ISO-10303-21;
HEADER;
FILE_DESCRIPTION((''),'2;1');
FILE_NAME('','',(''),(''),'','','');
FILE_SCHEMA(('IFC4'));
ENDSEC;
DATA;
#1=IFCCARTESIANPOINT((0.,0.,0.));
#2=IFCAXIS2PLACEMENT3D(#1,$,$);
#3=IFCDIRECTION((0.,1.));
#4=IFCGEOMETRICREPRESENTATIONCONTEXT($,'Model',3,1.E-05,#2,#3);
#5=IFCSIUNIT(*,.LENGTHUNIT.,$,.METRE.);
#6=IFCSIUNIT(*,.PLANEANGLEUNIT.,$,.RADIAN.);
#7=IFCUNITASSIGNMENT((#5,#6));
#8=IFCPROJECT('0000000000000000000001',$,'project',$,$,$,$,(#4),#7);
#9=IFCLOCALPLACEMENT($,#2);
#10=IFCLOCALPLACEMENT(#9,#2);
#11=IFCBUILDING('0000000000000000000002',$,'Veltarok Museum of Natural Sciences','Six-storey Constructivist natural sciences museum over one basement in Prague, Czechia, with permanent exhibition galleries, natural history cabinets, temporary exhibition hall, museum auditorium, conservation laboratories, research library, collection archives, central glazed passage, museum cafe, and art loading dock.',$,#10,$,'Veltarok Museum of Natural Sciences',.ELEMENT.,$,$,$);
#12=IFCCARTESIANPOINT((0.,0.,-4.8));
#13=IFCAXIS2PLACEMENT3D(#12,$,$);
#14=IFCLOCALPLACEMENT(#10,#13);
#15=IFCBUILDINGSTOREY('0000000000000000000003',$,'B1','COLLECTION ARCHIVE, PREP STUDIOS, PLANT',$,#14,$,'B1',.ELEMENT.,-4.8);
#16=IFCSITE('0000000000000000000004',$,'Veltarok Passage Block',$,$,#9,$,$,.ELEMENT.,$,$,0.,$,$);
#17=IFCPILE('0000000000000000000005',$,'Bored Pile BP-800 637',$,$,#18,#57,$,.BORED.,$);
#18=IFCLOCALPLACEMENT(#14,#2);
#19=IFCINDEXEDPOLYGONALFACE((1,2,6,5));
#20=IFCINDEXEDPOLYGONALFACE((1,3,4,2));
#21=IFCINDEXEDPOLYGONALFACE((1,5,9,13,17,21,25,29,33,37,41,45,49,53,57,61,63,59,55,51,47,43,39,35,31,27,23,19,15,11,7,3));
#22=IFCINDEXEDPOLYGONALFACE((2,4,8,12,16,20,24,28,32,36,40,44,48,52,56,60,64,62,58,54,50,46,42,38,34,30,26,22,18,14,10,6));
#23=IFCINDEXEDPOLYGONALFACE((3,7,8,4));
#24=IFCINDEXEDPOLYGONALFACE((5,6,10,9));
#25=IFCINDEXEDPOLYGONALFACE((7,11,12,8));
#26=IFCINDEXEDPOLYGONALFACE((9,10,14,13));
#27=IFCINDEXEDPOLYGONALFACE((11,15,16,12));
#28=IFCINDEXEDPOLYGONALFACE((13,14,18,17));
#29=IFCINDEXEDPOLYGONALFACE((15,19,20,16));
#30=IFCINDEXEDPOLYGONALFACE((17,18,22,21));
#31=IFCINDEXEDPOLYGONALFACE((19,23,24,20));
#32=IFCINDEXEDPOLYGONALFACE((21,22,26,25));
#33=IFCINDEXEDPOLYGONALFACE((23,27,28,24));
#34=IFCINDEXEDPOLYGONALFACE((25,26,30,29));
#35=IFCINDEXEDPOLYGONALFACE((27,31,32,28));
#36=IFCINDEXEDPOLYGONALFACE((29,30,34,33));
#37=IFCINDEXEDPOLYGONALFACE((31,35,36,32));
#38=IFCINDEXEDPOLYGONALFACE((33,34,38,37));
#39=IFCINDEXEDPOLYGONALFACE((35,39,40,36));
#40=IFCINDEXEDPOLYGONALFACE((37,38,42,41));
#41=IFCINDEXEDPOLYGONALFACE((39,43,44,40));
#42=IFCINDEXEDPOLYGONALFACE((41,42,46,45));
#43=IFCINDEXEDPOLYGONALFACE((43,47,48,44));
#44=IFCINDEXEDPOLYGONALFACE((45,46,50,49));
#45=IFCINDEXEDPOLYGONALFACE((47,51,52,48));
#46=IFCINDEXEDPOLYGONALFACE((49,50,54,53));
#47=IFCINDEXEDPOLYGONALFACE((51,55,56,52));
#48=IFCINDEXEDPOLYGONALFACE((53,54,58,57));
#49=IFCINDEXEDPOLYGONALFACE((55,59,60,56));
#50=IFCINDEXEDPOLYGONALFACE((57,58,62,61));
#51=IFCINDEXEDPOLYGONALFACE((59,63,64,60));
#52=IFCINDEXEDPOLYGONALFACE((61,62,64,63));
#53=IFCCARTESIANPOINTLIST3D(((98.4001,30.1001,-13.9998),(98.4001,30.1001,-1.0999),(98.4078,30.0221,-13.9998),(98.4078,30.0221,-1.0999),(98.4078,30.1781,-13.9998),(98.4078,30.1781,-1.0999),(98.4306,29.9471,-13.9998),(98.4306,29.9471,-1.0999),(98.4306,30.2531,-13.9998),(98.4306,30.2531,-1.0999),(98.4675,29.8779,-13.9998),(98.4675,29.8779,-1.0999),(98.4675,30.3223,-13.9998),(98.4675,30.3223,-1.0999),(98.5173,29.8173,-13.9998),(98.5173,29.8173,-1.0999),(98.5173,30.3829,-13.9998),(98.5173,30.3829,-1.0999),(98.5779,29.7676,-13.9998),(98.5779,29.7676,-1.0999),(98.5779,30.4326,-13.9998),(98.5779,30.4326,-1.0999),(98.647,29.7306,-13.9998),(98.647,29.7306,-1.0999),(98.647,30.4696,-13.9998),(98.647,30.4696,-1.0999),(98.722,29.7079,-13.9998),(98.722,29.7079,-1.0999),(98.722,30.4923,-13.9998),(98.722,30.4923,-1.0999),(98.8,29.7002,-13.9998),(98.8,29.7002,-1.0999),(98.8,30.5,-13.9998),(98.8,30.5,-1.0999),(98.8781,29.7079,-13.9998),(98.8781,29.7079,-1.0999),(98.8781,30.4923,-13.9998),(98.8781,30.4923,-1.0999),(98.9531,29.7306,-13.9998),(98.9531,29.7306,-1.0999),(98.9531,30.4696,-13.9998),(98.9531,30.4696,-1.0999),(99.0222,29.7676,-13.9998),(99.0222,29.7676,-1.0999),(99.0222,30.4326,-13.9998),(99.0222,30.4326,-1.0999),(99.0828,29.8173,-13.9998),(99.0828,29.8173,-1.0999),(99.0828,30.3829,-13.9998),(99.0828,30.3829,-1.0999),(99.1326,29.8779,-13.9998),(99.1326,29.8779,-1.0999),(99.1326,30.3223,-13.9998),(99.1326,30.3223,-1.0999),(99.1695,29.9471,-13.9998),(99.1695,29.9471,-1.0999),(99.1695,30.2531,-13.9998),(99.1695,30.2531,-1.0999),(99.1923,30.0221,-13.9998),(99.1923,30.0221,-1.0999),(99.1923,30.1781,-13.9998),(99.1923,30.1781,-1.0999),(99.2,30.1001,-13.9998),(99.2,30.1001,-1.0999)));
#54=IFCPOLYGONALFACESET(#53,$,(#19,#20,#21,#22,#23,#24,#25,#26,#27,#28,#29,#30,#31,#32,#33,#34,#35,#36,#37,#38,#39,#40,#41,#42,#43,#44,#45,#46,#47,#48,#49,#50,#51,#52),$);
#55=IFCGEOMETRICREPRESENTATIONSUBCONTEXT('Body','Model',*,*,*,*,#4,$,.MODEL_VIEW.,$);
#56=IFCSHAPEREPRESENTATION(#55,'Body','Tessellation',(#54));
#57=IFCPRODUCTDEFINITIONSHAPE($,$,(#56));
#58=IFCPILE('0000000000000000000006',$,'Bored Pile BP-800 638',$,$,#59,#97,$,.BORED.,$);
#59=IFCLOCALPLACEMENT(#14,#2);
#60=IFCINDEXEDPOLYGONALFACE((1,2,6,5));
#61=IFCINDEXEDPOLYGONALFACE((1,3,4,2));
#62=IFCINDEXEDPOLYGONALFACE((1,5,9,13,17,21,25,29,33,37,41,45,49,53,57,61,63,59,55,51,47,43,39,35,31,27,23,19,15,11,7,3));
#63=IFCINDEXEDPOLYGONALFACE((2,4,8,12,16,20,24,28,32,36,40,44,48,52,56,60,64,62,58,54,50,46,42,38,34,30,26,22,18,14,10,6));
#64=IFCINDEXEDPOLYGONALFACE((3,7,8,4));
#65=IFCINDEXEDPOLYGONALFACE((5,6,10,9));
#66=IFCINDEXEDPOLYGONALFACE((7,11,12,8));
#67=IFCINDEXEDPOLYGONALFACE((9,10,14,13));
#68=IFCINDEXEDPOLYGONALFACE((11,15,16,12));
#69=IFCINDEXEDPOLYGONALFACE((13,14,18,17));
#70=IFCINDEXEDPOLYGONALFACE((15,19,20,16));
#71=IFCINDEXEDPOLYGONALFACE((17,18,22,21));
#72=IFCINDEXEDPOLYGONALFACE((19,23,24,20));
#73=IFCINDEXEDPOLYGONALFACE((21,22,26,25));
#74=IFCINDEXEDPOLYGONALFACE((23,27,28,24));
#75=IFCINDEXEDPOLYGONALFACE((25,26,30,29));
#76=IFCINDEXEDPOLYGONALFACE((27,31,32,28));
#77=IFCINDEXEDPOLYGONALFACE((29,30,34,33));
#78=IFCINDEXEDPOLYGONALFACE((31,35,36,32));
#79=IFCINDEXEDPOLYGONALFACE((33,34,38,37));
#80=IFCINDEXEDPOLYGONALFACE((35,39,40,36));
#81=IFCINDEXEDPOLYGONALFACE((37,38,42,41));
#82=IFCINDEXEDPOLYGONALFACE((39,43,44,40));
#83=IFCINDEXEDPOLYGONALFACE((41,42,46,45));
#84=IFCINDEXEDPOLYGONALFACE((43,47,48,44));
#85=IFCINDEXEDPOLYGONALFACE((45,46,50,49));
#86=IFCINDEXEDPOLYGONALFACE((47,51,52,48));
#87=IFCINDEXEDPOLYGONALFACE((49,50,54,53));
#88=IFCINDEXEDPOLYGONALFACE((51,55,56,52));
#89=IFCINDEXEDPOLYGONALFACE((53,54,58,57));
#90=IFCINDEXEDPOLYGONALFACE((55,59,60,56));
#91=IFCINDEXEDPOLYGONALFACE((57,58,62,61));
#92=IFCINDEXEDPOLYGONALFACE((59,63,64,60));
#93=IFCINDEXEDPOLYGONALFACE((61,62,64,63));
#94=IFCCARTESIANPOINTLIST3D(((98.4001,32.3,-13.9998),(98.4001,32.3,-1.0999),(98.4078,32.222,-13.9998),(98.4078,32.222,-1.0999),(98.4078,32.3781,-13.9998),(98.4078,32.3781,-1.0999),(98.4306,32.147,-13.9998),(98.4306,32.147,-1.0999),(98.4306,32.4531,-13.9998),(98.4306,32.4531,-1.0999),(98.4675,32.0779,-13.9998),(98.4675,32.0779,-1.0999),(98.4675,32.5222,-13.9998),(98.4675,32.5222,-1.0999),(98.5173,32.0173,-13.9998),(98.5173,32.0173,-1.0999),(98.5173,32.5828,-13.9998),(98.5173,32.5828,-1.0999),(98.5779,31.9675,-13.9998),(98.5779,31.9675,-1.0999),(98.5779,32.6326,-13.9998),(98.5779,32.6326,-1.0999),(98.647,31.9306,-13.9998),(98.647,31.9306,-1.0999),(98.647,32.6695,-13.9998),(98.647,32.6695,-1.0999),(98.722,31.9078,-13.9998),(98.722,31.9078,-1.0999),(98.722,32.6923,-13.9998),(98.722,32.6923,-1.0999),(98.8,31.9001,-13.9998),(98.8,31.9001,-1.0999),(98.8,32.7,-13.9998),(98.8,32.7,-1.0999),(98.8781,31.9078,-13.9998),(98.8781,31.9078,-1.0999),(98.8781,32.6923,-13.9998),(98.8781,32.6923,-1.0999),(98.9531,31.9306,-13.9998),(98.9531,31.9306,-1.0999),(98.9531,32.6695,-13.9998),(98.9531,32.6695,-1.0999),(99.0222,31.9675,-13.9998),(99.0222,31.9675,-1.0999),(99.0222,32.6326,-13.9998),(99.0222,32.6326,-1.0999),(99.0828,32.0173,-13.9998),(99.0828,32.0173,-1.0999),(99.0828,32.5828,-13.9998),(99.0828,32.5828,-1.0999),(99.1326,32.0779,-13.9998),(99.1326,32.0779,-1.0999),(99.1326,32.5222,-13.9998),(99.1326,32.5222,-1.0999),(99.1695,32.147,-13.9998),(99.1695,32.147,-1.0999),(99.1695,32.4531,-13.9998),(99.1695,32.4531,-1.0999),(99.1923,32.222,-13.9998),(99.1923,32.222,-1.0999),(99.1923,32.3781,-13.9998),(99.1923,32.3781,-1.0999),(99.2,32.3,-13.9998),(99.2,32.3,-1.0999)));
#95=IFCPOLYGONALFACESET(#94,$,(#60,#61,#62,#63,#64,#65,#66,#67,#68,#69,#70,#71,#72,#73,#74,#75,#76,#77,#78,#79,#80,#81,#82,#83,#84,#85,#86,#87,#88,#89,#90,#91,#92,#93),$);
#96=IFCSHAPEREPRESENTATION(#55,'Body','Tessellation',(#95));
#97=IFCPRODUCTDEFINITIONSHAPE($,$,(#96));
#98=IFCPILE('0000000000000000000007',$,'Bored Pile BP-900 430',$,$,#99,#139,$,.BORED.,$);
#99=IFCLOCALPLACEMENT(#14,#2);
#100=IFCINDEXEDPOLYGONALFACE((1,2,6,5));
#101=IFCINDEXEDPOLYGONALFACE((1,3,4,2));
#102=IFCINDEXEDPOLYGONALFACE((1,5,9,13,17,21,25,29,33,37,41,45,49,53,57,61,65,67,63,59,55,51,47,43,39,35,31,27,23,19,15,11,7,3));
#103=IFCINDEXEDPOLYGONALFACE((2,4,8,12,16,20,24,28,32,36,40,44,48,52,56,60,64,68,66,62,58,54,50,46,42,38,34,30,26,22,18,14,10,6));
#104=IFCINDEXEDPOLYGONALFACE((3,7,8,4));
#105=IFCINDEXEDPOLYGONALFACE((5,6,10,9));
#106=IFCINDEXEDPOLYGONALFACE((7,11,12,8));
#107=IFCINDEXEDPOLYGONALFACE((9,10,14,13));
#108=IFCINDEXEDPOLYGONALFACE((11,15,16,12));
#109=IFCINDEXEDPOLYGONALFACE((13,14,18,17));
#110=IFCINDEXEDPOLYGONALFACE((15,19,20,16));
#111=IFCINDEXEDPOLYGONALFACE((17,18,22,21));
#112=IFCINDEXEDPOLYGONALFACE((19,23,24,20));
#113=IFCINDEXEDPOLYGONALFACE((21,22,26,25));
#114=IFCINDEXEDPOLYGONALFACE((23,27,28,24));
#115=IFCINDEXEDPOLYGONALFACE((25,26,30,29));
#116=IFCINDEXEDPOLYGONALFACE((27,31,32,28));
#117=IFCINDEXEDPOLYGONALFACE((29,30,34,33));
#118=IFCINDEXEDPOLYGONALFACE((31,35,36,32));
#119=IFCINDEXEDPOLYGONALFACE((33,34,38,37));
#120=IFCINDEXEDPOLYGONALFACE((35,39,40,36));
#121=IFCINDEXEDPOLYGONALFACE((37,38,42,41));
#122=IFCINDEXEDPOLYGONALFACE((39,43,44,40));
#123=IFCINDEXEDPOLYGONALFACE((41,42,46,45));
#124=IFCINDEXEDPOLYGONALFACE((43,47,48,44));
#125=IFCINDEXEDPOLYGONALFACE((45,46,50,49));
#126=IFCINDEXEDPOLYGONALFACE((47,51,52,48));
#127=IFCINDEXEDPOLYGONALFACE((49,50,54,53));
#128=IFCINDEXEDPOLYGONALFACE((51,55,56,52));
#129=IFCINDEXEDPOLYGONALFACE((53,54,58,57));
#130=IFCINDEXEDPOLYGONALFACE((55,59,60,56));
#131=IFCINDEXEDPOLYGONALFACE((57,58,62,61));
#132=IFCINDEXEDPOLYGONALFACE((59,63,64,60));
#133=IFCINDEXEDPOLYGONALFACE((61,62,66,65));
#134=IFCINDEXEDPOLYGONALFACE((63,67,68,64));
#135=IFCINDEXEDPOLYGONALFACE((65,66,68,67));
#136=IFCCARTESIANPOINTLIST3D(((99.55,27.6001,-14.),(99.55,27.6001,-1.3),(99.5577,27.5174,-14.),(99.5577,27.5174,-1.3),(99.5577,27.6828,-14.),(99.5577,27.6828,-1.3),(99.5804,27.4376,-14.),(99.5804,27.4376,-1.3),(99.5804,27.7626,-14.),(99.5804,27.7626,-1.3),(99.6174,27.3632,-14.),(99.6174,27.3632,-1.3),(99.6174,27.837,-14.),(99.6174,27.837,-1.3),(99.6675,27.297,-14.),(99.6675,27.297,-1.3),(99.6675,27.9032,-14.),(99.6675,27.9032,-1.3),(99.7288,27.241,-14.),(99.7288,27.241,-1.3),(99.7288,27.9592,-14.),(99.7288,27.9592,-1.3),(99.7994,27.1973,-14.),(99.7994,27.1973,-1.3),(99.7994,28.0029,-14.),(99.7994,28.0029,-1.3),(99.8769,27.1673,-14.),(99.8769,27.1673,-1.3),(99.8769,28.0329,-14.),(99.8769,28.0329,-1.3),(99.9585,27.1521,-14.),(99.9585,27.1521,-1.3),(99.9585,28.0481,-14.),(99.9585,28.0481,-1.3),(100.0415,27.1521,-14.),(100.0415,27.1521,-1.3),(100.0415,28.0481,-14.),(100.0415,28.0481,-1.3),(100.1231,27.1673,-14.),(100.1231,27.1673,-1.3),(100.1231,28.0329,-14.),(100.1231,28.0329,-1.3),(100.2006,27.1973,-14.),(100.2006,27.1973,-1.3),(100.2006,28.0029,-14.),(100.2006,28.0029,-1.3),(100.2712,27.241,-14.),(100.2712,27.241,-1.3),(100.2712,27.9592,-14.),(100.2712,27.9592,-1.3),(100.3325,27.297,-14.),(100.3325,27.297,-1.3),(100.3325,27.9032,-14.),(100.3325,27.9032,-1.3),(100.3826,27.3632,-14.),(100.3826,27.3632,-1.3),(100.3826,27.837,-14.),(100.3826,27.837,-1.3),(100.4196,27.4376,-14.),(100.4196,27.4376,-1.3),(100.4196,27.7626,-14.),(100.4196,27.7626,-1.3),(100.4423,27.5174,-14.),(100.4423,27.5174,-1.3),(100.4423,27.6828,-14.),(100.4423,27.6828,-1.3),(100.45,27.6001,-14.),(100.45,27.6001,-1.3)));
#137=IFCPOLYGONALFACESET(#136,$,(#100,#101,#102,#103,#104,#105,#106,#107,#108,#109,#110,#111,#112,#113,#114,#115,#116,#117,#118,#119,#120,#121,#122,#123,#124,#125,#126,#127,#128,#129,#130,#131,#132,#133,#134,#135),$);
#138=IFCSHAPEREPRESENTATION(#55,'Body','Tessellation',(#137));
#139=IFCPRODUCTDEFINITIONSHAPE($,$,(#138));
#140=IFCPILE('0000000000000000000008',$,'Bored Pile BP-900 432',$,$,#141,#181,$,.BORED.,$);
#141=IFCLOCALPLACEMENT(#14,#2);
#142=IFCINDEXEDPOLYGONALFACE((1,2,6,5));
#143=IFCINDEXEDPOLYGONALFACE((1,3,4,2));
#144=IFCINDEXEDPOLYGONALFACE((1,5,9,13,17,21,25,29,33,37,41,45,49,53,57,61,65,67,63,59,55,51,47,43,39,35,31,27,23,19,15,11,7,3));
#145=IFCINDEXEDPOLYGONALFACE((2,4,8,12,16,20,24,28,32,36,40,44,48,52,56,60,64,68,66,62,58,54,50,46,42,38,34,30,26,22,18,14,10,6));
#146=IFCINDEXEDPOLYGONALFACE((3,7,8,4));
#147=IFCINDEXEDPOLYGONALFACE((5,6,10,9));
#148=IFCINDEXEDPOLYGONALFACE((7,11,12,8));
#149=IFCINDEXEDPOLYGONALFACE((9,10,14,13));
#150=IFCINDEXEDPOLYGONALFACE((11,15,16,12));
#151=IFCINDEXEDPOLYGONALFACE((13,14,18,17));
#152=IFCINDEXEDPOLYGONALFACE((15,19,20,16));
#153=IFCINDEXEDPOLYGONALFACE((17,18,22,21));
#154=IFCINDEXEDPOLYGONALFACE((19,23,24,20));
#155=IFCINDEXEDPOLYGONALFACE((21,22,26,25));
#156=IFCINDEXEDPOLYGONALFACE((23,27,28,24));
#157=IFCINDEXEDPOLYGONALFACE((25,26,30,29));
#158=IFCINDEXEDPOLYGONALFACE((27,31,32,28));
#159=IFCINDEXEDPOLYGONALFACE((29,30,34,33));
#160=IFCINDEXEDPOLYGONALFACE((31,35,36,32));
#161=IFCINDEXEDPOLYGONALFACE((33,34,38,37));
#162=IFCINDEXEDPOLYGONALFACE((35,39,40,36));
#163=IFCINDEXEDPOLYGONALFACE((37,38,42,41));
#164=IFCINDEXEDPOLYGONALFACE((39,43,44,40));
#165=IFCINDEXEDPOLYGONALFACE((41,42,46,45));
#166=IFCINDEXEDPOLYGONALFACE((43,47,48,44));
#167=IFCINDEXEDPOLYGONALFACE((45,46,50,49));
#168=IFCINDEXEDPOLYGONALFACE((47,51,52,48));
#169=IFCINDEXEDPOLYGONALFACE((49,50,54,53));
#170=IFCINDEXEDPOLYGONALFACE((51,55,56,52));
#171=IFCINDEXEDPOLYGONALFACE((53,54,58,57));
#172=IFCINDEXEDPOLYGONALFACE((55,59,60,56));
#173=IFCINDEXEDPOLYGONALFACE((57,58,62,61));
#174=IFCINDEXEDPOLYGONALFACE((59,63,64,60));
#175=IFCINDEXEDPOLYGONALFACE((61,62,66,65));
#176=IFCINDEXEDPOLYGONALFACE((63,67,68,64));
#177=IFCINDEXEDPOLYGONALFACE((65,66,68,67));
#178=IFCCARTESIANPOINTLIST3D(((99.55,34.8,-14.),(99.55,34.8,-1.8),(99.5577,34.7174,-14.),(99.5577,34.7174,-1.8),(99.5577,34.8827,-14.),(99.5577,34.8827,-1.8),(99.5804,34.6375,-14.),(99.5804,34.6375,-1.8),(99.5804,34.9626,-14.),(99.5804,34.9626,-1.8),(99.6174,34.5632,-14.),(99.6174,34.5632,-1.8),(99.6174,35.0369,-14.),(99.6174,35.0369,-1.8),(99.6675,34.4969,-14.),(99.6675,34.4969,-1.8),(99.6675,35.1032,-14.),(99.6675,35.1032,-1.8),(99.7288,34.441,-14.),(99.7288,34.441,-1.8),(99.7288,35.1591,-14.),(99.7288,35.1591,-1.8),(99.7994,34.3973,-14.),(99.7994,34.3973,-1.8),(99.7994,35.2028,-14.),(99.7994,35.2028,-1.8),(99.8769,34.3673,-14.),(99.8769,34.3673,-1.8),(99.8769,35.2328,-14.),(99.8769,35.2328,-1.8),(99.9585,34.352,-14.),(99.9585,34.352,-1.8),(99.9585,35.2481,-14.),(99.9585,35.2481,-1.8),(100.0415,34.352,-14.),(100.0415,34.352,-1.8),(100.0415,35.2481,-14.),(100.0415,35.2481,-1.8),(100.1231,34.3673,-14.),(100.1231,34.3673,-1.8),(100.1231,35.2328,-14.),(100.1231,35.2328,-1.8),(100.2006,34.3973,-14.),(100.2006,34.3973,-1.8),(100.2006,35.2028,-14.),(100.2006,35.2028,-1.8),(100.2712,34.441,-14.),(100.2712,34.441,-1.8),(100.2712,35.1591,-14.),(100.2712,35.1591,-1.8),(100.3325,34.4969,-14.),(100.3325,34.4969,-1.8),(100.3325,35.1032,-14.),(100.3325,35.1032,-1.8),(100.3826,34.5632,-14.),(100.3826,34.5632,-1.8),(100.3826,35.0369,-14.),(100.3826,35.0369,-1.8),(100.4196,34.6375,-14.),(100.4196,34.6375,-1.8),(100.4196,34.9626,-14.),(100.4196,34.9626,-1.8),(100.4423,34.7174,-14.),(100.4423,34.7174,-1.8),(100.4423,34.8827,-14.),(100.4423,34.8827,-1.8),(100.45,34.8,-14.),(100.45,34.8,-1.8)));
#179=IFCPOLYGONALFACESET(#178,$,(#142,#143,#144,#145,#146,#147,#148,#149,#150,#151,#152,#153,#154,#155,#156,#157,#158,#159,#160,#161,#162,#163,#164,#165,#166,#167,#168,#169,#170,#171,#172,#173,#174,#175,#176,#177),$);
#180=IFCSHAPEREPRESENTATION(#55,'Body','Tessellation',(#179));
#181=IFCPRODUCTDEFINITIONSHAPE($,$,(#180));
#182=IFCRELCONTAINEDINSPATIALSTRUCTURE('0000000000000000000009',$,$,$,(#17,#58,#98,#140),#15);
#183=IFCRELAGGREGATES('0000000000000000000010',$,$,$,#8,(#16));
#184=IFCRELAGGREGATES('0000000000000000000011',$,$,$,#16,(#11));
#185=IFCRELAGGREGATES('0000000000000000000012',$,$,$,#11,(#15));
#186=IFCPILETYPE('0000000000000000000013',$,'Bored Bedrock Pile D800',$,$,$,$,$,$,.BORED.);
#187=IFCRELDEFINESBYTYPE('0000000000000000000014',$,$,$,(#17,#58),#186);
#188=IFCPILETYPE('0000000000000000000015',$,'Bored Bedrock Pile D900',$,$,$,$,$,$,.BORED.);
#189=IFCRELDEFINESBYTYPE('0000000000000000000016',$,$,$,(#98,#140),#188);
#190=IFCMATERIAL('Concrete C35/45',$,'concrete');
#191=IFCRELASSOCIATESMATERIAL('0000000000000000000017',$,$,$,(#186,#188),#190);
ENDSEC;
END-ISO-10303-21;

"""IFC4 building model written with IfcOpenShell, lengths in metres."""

from ifc_helpers import new_model, si_unit, direction, frame, origin, origin_2d, place, context, subcontext, project, spatial, circle, extrude, material, material_profile, profile_set, type_object, element, save


model = new_model("IFC4")

# Units and contexts
model_context = context("Model", 3, precision=1e-05, world=origin(), true_north=direction((0.0, 1.0)))
body_context = subcontext(model_context, "Body", "Model", "MODEL_VIEW")
ifc_project = project(units=[si_unit("LENGTHUNIT", "METRE"), si_unit("PLANEANGLEUNIT", "RADIAN")], contexts=[model_context])

# Site, building, storey
site_placement = place(None, origin())
site = spatial("IfcSite", under=ifc_project, at=site_placement, Name="Veltarok Passage Block", CompositionType="ELEMENT", RefElevation=0.0)
building_placement = place(site_placement, origin())
building = spatial("IfcBuilding", under=site, at=building_placement, Name="Veltarok Museum of Natural Sciences", Description="Six-storey Constructivist natural sciences museum over one basement in Prague, Czechia, with permanent exhibition galleries, natural history cabinets, temporary exhibition hall, museum auditorium, conservation laboratories, research library, collection archives, central glazed passage, museum cafe, and art loading dock.", LongName="Veltarok Museum of Natural Sciences", CompositionType="ELEMENT")
storey_placement = place(building_placement, frame((0.0, 0.0, -4.8)))
storey = spatial("IfcBuildingStorey", under=building, at=storey_placement, Name="B1", Description="COLLECTION ARCHIVE, PREP STUDIOS, PLANT", LongName="B1", CompositionType="ELEMENT", Elevation=-4.8)

# Piles
ifc_material_1 = material(Name="Concrete C35/45", Category="concrete")
ifc_material_profile_1 = material_profile(ifc_material_1, circle(Radius=0.3999, at=origin_2d()), Name="BP D800")
ifc_profile_set_1 = profile_set([ifc_material_profile_1], Name="Concrete C35/45")
pile_type_1 = type_object("IfcPileType", Name="Bored Bedrock Pile D800", PredefinedType="BORED", material=ifc_profile_set_1)
for number, where, z_axis, x_axis, name in (
    (1, (98.8, 30.1001, -1.0999), (0.0, 0.0, -1.0), (1.0, 0.0, 0.0), "Bored Pile BP-800 637"),
    (2, (98.8, 32.3, -1.0999), (0.0, 0.0, -1.0), (1.0, 0.0, 0.0), "Bored Pile BP-800 638"),
):
    element("IfcPile", number, at=place(storey_placement, frame(where, z_axis=z_axis, x_axis=x_axis)), inside=storey, type_object=pile_type_1, Name=name, PredefinedType="BORED", context=body_context, shape_type="SweptSolid", body=[
        extrude(circle(Radius=0.3999, at=origin_2d()), origin(), (0.0, 0.0, 1.0), 12.8999),
    ])
ifc_material_profile_2 = material_profile(ifc_material_1, circle(Radius=0.45, at=origin_2d()), Name="BP D900")
ifc_profile_set_2 = profile_set([ifc_material_profile_2], Name="Concrete C35/45")
pile_type_2 = type_object("IfcPileType", Name="Bored Bedrock Pile D900", PredefinedType="BORED", material=ifc_profile_set_2)
pile_1_placement = place(storey_placement, frame((100.0, 27.6001, -1.3), z_axis=(0.0, 0.0, -1.0), x_axis=(1.0, 0.0, 0.0)))
element("IfcPile", 3, at=pile_1_placement, inside=storey, type_object=pile_type_2, Name="Bored Pile BP-900 430", PredefinedType="BORED", context=body_context, shape_type="SweptSolid", body=[
    extrude(circle(Radius=0.45, at=origin_2d()), origin(), (0.0, 0.0, 1.0), 12.7),
])
for number, where, z_axis, x_axis, name in (
    (4, (100.0, 34.8, -1.8), (0.0, 0.0, -1.0), (1.0, 0.0, 0.0), "Bored Pile BP-900 432"),
):
    element("IfcPile", number, at=place(storey_placement, frame(where, z_axis=z_axis, x_axis=x_axis)), inside=storey, type_object=pile_type_2, Name=name, PredefinedType="BORED", context=body_context, shape_type="SweptSolid", body=[
        extrude(circle(Radius=0.45, at=origin_2d()), origin(), (0.0, 0.0, 1.0), 12.2),
    ])

save(model, "model.ifc")
